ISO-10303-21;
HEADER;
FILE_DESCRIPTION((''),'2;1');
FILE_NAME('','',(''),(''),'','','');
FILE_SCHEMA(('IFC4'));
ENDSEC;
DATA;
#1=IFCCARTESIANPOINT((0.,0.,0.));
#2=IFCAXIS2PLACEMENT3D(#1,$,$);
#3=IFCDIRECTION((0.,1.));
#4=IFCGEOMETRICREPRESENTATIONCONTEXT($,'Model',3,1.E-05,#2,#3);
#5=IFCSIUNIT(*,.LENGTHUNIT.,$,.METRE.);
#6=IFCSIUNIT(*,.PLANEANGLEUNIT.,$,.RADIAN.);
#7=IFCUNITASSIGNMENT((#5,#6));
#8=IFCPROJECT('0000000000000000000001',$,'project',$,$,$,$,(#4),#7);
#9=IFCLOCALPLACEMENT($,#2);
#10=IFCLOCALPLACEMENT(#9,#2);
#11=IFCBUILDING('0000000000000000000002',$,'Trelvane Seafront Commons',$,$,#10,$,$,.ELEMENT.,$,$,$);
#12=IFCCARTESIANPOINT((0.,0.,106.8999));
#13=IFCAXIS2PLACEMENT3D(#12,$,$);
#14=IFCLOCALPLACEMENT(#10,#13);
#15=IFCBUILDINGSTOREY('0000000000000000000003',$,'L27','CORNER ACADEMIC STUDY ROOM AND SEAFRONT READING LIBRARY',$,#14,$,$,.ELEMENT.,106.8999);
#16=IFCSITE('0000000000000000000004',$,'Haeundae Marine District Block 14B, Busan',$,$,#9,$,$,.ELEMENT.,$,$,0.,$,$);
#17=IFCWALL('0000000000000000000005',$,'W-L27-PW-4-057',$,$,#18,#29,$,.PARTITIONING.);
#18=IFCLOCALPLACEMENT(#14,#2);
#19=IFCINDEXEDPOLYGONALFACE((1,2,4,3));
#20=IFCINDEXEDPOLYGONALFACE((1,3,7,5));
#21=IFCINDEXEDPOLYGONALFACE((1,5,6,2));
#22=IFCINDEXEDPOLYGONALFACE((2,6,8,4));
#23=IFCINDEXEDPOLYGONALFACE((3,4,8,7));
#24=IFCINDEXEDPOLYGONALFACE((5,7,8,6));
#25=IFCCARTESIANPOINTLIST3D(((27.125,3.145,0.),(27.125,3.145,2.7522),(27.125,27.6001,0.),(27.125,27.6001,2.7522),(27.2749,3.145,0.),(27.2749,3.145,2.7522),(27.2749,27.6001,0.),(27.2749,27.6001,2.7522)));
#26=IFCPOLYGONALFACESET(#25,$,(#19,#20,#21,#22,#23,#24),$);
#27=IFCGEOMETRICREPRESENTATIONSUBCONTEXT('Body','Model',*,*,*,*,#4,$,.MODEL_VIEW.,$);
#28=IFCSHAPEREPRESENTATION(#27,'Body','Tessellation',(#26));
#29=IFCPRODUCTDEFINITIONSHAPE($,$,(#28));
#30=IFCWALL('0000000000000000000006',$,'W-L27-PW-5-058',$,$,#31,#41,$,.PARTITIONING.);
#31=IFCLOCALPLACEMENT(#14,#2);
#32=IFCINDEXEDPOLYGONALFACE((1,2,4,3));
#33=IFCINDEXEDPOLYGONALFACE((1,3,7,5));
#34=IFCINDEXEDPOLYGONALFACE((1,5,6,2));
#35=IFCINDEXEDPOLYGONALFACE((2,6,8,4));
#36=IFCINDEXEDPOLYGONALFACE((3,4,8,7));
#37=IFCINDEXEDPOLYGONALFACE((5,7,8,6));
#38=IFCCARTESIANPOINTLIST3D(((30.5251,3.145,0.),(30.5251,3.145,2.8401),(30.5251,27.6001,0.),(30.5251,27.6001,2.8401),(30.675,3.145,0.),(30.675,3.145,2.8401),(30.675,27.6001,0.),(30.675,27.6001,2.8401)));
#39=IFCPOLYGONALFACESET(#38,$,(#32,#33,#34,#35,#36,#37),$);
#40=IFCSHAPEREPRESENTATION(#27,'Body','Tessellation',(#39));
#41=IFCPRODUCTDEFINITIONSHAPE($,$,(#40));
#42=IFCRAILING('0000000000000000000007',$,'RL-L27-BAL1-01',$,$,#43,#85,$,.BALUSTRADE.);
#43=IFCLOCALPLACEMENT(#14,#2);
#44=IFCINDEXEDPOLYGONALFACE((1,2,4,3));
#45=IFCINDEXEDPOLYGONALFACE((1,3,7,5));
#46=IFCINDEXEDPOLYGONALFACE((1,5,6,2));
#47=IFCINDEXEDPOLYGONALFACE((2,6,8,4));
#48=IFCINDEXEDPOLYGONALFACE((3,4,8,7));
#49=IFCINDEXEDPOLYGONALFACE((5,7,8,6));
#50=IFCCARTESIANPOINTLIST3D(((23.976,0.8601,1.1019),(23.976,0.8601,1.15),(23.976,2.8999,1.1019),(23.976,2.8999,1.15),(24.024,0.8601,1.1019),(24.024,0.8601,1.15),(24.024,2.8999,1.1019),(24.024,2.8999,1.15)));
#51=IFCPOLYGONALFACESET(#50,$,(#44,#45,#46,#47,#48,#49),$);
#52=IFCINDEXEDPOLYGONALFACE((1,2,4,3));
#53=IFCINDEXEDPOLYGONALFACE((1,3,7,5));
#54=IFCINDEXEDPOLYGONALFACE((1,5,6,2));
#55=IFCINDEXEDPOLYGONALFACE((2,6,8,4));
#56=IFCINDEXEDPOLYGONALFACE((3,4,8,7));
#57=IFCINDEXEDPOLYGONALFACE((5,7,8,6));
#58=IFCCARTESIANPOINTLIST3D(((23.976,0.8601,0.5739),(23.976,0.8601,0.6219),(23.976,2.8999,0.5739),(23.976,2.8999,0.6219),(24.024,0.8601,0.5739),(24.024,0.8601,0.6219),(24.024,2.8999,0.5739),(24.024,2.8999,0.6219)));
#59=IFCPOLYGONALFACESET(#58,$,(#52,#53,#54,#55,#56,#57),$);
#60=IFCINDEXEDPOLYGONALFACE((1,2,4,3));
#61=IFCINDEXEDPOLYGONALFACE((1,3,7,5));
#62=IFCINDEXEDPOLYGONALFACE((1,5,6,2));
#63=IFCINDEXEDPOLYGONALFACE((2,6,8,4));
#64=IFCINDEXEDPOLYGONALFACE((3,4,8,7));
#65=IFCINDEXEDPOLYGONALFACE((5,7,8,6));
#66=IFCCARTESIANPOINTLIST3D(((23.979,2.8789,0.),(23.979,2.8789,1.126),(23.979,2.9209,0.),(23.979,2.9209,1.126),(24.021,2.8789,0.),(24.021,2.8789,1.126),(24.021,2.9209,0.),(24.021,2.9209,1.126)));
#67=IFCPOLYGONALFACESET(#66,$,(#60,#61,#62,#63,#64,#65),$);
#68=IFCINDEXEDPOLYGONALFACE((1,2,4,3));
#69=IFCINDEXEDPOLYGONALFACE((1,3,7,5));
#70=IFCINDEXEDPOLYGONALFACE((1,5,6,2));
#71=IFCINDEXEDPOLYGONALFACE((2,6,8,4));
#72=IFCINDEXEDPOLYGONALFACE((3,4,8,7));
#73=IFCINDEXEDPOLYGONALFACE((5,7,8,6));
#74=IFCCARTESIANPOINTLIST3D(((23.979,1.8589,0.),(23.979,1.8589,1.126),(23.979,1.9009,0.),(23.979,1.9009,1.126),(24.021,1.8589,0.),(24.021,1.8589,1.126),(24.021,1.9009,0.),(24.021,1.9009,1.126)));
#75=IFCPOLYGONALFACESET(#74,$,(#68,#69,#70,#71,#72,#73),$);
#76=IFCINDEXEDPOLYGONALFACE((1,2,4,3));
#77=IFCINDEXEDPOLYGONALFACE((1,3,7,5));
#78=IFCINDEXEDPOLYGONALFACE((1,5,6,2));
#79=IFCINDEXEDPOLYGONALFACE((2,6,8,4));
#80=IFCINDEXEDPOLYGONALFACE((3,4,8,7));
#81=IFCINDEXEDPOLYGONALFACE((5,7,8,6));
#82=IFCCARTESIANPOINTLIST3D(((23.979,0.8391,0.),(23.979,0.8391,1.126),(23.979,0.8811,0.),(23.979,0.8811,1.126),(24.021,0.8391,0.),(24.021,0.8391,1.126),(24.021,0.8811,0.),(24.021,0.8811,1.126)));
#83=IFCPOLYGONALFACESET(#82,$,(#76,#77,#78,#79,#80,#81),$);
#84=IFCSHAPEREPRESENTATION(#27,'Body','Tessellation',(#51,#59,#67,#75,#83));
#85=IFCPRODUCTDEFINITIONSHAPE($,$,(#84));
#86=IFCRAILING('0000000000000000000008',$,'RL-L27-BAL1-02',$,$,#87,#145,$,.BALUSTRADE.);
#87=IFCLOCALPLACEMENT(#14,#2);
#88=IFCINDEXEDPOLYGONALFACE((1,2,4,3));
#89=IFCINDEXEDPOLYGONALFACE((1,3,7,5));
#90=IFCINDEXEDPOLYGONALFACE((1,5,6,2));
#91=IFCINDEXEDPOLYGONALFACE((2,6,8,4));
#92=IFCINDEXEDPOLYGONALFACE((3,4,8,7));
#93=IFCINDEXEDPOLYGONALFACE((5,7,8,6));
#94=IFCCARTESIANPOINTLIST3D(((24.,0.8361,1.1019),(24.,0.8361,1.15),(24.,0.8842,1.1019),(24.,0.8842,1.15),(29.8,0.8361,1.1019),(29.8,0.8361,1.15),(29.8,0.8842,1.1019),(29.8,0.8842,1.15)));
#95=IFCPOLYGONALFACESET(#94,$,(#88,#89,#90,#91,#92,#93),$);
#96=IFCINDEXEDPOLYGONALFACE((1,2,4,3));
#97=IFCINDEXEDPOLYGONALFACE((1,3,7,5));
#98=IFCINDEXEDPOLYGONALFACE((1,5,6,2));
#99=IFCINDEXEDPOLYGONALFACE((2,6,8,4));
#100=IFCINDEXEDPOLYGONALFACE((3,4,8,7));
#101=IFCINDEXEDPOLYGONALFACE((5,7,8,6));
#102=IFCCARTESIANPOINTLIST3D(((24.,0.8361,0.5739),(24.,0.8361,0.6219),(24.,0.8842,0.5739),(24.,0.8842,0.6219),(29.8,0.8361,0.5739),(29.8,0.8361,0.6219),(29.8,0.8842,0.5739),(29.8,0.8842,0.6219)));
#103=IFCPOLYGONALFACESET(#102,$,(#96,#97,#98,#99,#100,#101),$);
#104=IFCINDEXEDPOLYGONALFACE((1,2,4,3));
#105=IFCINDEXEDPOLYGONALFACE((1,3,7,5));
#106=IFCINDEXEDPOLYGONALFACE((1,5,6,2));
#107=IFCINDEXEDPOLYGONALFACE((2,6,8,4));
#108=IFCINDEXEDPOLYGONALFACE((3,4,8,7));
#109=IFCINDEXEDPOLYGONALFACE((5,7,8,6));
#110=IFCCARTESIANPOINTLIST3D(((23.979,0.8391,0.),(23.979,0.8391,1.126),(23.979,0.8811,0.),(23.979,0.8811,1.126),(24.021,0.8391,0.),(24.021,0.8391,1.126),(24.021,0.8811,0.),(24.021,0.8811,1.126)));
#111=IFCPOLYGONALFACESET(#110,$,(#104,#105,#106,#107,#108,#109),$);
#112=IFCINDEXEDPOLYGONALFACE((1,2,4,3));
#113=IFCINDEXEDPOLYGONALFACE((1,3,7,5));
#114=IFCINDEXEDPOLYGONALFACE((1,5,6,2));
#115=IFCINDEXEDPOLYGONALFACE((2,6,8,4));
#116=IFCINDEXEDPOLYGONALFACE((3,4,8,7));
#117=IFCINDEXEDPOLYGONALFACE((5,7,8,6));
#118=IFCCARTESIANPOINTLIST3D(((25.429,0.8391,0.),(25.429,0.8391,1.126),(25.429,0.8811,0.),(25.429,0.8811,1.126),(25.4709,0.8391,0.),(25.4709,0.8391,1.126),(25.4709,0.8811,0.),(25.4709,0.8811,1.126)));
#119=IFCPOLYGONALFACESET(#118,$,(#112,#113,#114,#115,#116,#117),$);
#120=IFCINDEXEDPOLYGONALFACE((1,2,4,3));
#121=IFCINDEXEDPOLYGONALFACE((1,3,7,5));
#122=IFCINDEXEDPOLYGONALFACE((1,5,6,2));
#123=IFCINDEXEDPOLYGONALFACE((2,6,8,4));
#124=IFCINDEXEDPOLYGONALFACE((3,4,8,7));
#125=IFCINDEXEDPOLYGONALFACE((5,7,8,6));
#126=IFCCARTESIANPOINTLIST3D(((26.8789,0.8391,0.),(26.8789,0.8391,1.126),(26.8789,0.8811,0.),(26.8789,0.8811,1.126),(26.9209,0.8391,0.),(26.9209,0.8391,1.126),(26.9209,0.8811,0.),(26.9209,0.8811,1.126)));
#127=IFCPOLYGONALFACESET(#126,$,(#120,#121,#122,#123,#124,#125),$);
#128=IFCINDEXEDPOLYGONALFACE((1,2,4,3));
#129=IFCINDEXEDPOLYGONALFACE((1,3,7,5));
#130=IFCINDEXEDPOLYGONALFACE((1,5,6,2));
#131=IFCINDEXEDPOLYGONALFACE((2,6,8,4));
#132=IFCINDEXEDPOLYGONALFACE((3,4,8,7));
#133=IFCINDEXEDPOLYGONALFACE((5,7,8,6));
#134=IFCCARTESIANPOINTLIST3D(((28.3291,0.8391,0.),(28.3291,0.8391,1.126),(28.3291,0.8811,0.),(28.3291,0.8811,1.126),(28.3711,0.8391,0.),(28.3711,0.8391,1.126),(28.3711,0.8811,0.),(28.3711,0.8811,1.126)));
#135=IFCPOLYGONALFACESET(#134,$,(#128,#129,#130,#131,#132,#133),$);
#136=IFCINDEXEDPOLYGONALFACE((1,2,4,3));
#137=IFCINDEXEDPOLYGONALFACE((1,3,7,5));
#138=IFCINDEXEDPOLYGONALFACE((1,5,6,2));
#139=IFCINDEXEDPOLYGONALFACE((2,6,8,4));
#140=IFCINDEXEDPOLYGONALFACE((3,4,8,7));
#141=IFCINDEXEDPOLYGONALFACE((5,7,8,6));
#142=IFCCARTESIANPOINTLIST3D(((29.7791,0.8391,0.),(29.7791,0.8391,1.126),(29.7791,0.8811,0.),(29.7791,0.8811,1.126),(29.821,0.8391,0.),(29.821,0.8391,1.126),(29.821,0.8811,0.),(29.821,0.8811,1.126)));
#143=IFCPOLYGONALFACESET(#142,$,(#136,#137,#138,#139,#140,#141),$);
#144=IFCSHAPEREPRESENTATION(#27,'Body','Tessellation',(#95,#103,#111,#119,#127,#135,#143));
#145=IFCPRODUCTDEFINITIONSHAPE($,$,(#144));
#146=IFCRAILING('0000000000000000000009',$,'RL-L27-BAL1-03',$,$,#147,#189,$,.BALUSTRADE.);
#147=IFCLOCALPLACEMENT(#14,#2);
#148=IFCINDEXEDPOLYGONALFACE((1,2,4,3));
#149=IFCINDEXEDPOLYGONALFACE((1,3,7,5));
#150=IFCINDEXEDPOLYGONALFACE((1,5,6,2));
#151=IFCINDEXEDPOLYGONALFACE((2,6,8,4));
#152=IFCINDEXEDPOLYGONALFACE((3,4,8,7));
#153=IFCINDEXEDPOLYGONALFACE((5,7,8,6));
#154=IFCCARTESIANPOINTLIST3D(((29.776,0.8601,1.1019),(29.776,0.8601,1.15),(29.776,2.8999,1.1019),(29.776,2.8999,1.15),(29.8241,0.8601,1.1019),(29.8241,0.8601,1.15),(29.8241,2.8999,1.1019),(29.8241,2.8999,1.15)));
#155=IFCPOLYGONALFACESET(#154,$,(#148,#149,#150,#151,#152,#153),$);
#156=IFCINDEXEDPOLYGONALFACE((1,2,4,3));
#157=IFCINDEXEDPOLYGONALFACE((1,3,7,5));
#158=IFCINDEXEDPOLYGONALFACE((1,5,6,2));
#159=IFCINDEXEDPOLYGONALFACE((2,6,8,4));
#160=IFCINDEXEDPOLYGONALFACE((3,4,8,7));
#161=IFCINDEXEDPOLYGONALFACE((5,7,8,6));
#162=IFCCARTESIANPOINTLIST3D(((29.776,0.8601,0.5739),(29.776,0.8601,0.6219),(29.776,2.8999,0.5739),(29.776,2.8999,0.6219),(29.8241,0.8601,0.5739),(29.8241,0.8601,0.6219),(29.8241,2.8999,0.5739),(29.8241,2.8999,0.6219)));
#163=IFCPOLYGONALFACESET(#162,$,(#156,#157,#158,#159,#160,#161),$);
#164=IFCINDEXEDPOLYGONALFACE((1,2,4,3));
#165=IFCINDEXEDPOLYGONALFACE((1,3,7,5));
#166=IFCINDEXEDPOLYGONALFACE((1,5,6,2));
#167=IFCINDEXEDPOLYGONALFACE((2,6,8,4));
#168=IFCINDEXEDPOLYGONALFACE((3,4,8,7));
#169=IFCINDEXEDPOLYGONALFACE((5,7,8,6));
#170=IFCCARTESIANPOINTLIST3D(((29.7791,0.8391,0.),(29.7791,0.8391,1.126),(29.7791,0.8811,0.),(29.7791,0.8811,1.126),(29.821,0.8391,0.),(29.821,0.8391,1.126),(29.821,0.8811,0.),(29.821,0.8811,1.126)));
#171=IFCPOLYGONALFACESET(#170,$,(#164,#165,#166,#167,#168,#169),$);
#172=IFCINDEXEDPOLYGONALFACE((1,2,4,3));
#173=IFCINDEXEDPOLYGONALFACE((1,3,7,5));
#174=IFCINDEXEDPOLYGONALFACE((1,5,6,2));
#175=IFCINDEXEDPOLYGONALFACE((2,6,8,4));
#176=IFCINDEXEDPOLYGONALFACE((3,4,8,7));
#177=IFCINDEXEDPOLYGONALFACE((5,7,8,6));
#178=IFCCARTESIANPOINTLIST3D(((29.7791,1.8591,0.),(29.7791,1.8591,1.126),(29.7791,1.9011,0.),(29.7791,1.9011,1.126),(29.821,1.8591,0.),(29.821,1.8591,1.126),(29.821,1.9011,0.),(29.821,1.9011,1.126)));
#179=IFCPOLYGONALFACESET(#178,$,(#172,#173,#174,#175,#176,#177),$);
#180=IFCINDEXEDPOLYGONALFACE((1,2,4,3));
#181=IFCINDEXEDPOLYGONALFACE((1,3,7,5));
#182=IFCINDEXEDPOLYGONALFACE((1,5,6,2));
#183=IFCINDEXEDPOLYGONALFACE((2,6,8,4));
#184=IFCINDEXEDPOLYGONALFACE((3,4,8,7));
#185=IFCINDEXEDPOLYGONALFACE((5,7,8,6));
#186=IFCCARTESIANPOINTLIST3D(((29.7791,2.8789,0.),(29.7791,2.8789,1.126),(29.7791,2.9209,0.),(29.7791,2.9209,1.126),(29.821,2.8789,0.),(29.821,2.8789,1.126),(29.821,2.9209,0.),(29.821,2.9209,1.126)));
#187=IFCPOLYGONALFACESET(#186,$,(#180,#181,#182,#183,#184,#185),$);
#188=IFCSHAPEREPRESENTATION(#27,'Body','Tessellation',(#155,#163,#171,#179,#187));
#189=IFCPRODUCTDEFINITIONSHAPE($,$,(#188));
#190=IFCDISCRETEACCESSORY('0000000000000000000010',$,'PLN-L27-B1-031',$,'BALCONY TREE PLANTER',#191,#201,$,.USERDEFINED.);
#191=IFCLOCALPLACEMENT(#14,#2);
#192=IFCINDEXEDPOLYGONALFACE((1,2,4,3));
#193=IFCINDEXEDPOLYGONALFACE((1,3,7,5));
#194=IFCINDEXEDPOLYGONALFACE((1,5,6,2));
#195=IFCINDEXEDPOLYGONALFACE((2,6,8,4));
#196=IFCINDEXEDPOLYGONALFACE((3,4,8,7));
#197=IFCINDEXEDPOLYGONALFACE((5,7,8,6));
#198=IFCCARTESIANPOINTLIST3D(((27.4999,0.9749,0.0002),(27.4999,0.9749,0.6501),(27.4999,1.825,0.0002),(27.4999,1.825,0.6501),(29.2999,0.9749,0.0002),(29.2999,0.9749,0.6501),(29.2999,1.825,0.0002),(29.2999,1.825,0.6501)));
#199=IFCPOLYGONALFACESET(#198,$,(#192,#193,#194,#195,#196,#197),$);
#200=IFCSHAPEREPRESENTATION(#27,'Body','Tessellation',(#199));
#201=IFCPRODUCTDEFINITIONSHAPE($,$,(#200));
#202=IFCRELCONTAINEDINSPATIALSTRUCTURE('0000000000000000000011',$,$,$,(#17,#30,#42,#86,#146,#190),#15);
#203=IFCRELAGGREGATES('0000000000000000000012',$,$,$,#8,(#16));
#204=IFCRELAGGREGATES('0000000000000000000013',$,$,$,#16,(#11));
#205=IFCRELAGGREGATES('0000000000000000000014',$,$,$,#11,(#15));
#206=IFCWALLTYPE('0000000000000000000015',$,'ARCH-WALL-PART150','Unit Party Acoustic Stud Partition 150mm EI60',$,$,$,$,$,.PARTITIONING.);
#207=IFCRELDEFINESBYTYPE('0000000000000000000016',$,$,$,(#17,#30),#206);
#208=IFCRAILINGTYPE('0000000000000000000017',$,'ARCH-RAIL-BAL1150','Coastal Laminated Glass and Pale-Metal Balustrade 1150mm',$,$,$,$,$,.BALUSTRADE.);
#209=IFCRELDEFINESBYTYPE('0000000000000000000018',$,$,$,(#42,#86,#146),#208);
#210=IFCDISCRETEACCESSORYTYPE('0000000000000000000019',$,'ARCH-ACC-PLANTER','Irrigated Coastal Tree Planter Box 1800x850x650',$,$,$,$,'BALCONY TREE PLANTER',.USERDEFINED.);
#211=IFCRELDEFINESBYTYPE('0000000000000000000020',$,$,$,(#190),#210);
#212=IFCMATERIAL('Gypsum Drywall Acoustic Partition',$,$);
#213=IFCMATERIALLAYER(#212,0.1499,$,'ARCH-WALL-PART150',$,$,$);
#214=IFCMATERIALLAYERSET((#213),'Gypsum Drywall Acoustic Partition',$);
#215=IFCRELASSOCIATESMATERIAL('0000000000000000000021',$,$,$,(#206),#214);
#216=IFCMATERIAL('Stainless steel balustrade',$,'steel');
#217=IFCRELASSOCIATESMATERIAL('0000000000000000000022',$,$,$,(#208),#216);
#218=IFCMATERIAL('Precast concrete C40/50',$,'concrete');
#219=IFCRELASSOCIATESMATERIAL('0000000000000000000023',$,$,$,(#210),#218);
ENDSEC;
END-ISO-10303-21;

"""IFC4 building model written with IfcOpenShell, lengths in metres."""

from ifc_helpers import new_model, si_unit, direction, frame, frame_2d, origin, origin_2d, place, context, subcontext, project, spatial, rectangle, extrude, source, transform, mapped, material, layer, layer_set, type_object, element, save


model = new_model("IFC4")

# Units and contexts
model_context = context("Model", 3, precision=1e-05, world=origin(), true_north=direction((0.0, 1.0)))
body_context = subcontext(model_context, "Body", "Model", "MODEL_VIEW")
ifc_project = project(units=[si_unit("LENGTHUNIT", "METRE"), si_unit("PLANEANGLEUNIT", "RADIAN")], contexts=[model_context])

# Site, building, storey
site_placement = place(None, origin())
site = spatial("IfcSite", under=ifc_project, at=site_placement, Name="Haeundae Marine District Block 14B, Busan", CompositionType="ELEMENT", RefElevation=0.0)
building_placement = place(site_placement, origin())
building = spatial("IfcBuilding", under=site, at=building_placement, Name="Trelvane Seafront Commons", CompositionType="ELEMENT")
storey_placement = place(building_placement, frame((0.0, 0.0, 106.8999)))
storey = spatial("IfcBuildingStorey", under=building, at=storey_placement, Name="L27", Description="CORNER ACADEMIC STUDY ROOM AND SEAFRONT READING LIBRARY", CompositionType="ELEMENT", Elevation=106.8999)

# Walls
ifc_material_1 = material(Name="Gypsum Drywall Acoustic Partition")
ifc_layer_1 = layer(ifc_material_1, 0.1499, Name="ARCH-WALL-PART150")
ifc_layer_set_1 = layer_set([ifc_layer_1], Name="Gypsum Drywall Acoustic Partition")
wall_type = type_object("IfcWallType", Name="ARCH-WALL-PART150", Description="Unit Party Acoustic Stud Partition 150mm EI60", PredefinedType="PARTITIONING", material=ifc_layer_set_1)
wall_1_placement = place(storey_placement, frame((27.2, 3.145, 0.0), z_axis=(0.0, 0.0, 1.0), x_axis=(0.0, 1.0, 0.0)))
element("IfcWall", 1, at=wall_1_placement, inside=storey, type_object=wall_type, Name="W-L27-PW-4-057", PredefinedType="PARTITIONING", context=body_context, shape_type="SweptSolid", body=[
    extrude(rectangle(XDim=24.4551, YDim=0.1499, at=frame_2d((12.2275, 0.0))), origin(), (0.0, 0.0, 1.0), 2.7522),
])
wall_2_placement = place(storey_placement, frame((30.6001, 3.145, 0.0), z_axis=(0.0, 0.0, 1.0), x_axis=(0.0, 1.0, 0.0)))
element("IfcWall", 2, at=wall_2_placement, inside=storey, type_object=wall_type, Name="W-L27-PW-5-058", PredefinedType="PARTITIONING", context=body_context, shape_type="SweptSolid", body=[
    extrude(rectangle(XDim=24.4551, YDim=0.1499, at=frame_2d((12.2275, 0.0))), origin(), (0.0, 0.0, 1.0), 2.8401),
])

# Railings
ifc_material_2 = material(Name="Stainless steel balustrade", Category="steel")
railing_type = type_object("IfcRailingType", Name="ARCH-RAIL-BAL1150", Description="Coastal Laminated Glass and Pale-Metal Balustrade 1150mm", PredefinedType="BALUSTRADE", material=ifc_material_2)
railing_1_placement = place(storey_placement, frame((24.0, 2.8999, 0.0)))
element("IfcRailing", 3, at=railing_1_placement, inside=storey, type_object=railing_type, Name="RL-L27-BAL1-01", PredefinedType="BALUSTRADE", context=body_context, shape_type="SweptSolid", body=[
    extrude(rectangle(XDim=0.0481, YDim=0.0481, at=origin_2d()), frame((0.0, 0.0, 1.126), z_axis=(0.0, -1.0, 0.0), x_axis=(1.0, 0.0, 0.0)), (0.0, 0.0, 1.0), 2.0398),
    extrude(rectangle(XDim=0.0481, YDim=0.0481, at=origin_2d()), frame((0.0, 0.0, 0.5979), z_axis=(0.0, -1.0, 0.0), x_axis=(1.0, 0.0, 0.0)), (0.0, 0.0, 1.0), 2.0398),
    extrude(rectangle(XDim=0.042, YDim=0.042, at=origin_2d()), origin(), (0.0, 0.0, 1.0), 1.126),
    extrude(rectangle(XDim=0.042, YDim=0.042, at=origin_2d()), frame((0.0, -1.02, 0.0)), (0.0, 0.0, 1.0), 1.126),
    extrude(rectangle(XDim=0.042, YDim=0.042, at=origin_2d()), frame((0.0, -2.0398, 0.0)), (0.0, 0.0, 1.0), 1.126),
])
railing_2_placement = place(storey_placement, frame((24.0, 0.8601, 0.0)))
element("IfcRailing", 4, at=railing_2_placement, inside=storey, type_object=railing_type, Name="RL-L27-BAL1-02", PredefinedType="BALUSTRADE", context=body_context, shape_type="SweptSolid", body=[
    extrude(rectangle(XDim=0.0481, YDim=0.0481, at=origin_2d()), frame((0.0, 0.0, 1.126), z_axis=(1.0, 0.0, 0.0), x_axis=(0.0, 1.0, 0.0)), (0.0, 0.0, 1.0), 5.8),
    extrude(rectangle(XDim=0.0481, YDim=0.0481, at=origin_2d()), frame((0.0, 0.0, 0.5979), z_axis=(1.0, 0.0, 0.0), x_axis=(0.0, 1.0, 0.0)), (0.0, 0.0, 1.0), 5.8),
    extrude(rectangle(XDim=0.042, YDim=0.042, at=origin_2d()), origin(), (0.0, 0.0, 1.0), 1.126),
    extrude(rectangle(XDim=0.042, YDim=0.042, at=origin_2d()), frame((1.45, 0.0, 0.0)), (0.0, 0.0, 1.0), 1.126),
    extrude(rectangle(XDim=0.042, YDim=0.042, at=origin_2d()), frame((2.8999, 0.0, 0.0)), (0.0, 0.0, 1.0), 1.126),
    extrude(rectangle(XDim=0.042, YDim=0.042, at=origin_2d()), frame((4.3501, 0.0, 0.0)), (0.0, 0.0, 1.0), 1.126),
    extrude(rectangle(XDim=0.042, YDim=0.042, at=origin_2d()), frame((5.8, 0.0, 0.0)), (0.0, 0.0, 1.0), 1.126),
])
railing_3_placement = place(storey_placement, frame((29.8, 0.8601, 0.0)))
element("IfcRailing", 5, at=railing_3_placement, inside=storey, type_object=railing_type, Name="RL-L27-BAL1-03", PredefinedType="BALUSTRADE", context=body_context, shape_type="SweptSolid", body=[
    extrude(rectangle(XDim=0.0481, YDim=0.0481, at=origin_2d()), frame((0.0, 0.0, 1.126), z_axis=(0.0, 1.0, 0.0), x_axis=(-1.0, 0.0, 0.0)), (0.0, 0.0, 1.0), 2.0398),
    extrude(rectangle(XDim=0.0481, YDim=0.0481, at=origin_2d()), frame((0.0, 0.0, 0.5979), z_axis=(0.0, 1.0, 0.0), x_axis=(-1.0, 0.0, 0.0)), (0.0, 0.0, 1.0), 2.0398),
    extrude(rectangle(XDim=0.042, YDim=0.042, at=origin_2d()), origin(), (0.0, 0.0, 1.0), 1.126),
    extrude(rectangle(XDim=0.042, YDim=0.042, at=origin_2d()), frame((0.0, 1.02, 0.0)), (0.0, 0.0, 1.0), 1.126),
    extrude(rectangle(XDim=0.042, YDim=0.042, at=origin_2d()), frame((0.0, 2.0398, 0.0)), (0.0, 0.0, 1.0), 1.126),
])

# Discrete accessory
ifc_material_3 = material(Name="Precast concrete C40/50", Category="concrete")
discrete_accessory_type = type_object("IfcDiscreteAccessoryType", Name="ARCH-ACC-PLANTER", Description="Irrigated Coastal Tree Planter Box 1800x850x650", ElementType="BALCONY TREE PLANTER", PredefinedType="USERDEFINED", material=ifc_material_3)
shared_shape_1 = source(origin(), body_context, "Body", "SweptSolid", [
    extrude(rectangle(XDim=1.8, YDim=0.8501, at=origin_2d()), origin(), (0.0, 0.0, 1.0), 0.6499),
])
discrete_accessory_placement = place(storey_placement, frame((28.3999, 1.3999, 0.0002), z_axis=(0.0, 0.0, 1.0), x_axis=(1.0, 0.0, 0.0)))
element("IfcDiscreteAccessory", 6, at=discrete_accessory_placement, inside=storey, type_object=discrete_accessory_type, Name="PLN-L27-B1-031", ObjectType="BALCONY TREE PLANTER", PredefinedType="USERDEFINED", context=body_context, shape_type="MappedRepresentation", body=[
    mapped(shared_shape_1, transform((0.0, 0.0, 0.0), x_axis=(1.0, 0.0, 0.0), y_axis=(0.0, 1.0, 0.0), z_axis=(0.0, 0.0, 1.0), scale=1.0)),
])

save(model, "model.ifc")
